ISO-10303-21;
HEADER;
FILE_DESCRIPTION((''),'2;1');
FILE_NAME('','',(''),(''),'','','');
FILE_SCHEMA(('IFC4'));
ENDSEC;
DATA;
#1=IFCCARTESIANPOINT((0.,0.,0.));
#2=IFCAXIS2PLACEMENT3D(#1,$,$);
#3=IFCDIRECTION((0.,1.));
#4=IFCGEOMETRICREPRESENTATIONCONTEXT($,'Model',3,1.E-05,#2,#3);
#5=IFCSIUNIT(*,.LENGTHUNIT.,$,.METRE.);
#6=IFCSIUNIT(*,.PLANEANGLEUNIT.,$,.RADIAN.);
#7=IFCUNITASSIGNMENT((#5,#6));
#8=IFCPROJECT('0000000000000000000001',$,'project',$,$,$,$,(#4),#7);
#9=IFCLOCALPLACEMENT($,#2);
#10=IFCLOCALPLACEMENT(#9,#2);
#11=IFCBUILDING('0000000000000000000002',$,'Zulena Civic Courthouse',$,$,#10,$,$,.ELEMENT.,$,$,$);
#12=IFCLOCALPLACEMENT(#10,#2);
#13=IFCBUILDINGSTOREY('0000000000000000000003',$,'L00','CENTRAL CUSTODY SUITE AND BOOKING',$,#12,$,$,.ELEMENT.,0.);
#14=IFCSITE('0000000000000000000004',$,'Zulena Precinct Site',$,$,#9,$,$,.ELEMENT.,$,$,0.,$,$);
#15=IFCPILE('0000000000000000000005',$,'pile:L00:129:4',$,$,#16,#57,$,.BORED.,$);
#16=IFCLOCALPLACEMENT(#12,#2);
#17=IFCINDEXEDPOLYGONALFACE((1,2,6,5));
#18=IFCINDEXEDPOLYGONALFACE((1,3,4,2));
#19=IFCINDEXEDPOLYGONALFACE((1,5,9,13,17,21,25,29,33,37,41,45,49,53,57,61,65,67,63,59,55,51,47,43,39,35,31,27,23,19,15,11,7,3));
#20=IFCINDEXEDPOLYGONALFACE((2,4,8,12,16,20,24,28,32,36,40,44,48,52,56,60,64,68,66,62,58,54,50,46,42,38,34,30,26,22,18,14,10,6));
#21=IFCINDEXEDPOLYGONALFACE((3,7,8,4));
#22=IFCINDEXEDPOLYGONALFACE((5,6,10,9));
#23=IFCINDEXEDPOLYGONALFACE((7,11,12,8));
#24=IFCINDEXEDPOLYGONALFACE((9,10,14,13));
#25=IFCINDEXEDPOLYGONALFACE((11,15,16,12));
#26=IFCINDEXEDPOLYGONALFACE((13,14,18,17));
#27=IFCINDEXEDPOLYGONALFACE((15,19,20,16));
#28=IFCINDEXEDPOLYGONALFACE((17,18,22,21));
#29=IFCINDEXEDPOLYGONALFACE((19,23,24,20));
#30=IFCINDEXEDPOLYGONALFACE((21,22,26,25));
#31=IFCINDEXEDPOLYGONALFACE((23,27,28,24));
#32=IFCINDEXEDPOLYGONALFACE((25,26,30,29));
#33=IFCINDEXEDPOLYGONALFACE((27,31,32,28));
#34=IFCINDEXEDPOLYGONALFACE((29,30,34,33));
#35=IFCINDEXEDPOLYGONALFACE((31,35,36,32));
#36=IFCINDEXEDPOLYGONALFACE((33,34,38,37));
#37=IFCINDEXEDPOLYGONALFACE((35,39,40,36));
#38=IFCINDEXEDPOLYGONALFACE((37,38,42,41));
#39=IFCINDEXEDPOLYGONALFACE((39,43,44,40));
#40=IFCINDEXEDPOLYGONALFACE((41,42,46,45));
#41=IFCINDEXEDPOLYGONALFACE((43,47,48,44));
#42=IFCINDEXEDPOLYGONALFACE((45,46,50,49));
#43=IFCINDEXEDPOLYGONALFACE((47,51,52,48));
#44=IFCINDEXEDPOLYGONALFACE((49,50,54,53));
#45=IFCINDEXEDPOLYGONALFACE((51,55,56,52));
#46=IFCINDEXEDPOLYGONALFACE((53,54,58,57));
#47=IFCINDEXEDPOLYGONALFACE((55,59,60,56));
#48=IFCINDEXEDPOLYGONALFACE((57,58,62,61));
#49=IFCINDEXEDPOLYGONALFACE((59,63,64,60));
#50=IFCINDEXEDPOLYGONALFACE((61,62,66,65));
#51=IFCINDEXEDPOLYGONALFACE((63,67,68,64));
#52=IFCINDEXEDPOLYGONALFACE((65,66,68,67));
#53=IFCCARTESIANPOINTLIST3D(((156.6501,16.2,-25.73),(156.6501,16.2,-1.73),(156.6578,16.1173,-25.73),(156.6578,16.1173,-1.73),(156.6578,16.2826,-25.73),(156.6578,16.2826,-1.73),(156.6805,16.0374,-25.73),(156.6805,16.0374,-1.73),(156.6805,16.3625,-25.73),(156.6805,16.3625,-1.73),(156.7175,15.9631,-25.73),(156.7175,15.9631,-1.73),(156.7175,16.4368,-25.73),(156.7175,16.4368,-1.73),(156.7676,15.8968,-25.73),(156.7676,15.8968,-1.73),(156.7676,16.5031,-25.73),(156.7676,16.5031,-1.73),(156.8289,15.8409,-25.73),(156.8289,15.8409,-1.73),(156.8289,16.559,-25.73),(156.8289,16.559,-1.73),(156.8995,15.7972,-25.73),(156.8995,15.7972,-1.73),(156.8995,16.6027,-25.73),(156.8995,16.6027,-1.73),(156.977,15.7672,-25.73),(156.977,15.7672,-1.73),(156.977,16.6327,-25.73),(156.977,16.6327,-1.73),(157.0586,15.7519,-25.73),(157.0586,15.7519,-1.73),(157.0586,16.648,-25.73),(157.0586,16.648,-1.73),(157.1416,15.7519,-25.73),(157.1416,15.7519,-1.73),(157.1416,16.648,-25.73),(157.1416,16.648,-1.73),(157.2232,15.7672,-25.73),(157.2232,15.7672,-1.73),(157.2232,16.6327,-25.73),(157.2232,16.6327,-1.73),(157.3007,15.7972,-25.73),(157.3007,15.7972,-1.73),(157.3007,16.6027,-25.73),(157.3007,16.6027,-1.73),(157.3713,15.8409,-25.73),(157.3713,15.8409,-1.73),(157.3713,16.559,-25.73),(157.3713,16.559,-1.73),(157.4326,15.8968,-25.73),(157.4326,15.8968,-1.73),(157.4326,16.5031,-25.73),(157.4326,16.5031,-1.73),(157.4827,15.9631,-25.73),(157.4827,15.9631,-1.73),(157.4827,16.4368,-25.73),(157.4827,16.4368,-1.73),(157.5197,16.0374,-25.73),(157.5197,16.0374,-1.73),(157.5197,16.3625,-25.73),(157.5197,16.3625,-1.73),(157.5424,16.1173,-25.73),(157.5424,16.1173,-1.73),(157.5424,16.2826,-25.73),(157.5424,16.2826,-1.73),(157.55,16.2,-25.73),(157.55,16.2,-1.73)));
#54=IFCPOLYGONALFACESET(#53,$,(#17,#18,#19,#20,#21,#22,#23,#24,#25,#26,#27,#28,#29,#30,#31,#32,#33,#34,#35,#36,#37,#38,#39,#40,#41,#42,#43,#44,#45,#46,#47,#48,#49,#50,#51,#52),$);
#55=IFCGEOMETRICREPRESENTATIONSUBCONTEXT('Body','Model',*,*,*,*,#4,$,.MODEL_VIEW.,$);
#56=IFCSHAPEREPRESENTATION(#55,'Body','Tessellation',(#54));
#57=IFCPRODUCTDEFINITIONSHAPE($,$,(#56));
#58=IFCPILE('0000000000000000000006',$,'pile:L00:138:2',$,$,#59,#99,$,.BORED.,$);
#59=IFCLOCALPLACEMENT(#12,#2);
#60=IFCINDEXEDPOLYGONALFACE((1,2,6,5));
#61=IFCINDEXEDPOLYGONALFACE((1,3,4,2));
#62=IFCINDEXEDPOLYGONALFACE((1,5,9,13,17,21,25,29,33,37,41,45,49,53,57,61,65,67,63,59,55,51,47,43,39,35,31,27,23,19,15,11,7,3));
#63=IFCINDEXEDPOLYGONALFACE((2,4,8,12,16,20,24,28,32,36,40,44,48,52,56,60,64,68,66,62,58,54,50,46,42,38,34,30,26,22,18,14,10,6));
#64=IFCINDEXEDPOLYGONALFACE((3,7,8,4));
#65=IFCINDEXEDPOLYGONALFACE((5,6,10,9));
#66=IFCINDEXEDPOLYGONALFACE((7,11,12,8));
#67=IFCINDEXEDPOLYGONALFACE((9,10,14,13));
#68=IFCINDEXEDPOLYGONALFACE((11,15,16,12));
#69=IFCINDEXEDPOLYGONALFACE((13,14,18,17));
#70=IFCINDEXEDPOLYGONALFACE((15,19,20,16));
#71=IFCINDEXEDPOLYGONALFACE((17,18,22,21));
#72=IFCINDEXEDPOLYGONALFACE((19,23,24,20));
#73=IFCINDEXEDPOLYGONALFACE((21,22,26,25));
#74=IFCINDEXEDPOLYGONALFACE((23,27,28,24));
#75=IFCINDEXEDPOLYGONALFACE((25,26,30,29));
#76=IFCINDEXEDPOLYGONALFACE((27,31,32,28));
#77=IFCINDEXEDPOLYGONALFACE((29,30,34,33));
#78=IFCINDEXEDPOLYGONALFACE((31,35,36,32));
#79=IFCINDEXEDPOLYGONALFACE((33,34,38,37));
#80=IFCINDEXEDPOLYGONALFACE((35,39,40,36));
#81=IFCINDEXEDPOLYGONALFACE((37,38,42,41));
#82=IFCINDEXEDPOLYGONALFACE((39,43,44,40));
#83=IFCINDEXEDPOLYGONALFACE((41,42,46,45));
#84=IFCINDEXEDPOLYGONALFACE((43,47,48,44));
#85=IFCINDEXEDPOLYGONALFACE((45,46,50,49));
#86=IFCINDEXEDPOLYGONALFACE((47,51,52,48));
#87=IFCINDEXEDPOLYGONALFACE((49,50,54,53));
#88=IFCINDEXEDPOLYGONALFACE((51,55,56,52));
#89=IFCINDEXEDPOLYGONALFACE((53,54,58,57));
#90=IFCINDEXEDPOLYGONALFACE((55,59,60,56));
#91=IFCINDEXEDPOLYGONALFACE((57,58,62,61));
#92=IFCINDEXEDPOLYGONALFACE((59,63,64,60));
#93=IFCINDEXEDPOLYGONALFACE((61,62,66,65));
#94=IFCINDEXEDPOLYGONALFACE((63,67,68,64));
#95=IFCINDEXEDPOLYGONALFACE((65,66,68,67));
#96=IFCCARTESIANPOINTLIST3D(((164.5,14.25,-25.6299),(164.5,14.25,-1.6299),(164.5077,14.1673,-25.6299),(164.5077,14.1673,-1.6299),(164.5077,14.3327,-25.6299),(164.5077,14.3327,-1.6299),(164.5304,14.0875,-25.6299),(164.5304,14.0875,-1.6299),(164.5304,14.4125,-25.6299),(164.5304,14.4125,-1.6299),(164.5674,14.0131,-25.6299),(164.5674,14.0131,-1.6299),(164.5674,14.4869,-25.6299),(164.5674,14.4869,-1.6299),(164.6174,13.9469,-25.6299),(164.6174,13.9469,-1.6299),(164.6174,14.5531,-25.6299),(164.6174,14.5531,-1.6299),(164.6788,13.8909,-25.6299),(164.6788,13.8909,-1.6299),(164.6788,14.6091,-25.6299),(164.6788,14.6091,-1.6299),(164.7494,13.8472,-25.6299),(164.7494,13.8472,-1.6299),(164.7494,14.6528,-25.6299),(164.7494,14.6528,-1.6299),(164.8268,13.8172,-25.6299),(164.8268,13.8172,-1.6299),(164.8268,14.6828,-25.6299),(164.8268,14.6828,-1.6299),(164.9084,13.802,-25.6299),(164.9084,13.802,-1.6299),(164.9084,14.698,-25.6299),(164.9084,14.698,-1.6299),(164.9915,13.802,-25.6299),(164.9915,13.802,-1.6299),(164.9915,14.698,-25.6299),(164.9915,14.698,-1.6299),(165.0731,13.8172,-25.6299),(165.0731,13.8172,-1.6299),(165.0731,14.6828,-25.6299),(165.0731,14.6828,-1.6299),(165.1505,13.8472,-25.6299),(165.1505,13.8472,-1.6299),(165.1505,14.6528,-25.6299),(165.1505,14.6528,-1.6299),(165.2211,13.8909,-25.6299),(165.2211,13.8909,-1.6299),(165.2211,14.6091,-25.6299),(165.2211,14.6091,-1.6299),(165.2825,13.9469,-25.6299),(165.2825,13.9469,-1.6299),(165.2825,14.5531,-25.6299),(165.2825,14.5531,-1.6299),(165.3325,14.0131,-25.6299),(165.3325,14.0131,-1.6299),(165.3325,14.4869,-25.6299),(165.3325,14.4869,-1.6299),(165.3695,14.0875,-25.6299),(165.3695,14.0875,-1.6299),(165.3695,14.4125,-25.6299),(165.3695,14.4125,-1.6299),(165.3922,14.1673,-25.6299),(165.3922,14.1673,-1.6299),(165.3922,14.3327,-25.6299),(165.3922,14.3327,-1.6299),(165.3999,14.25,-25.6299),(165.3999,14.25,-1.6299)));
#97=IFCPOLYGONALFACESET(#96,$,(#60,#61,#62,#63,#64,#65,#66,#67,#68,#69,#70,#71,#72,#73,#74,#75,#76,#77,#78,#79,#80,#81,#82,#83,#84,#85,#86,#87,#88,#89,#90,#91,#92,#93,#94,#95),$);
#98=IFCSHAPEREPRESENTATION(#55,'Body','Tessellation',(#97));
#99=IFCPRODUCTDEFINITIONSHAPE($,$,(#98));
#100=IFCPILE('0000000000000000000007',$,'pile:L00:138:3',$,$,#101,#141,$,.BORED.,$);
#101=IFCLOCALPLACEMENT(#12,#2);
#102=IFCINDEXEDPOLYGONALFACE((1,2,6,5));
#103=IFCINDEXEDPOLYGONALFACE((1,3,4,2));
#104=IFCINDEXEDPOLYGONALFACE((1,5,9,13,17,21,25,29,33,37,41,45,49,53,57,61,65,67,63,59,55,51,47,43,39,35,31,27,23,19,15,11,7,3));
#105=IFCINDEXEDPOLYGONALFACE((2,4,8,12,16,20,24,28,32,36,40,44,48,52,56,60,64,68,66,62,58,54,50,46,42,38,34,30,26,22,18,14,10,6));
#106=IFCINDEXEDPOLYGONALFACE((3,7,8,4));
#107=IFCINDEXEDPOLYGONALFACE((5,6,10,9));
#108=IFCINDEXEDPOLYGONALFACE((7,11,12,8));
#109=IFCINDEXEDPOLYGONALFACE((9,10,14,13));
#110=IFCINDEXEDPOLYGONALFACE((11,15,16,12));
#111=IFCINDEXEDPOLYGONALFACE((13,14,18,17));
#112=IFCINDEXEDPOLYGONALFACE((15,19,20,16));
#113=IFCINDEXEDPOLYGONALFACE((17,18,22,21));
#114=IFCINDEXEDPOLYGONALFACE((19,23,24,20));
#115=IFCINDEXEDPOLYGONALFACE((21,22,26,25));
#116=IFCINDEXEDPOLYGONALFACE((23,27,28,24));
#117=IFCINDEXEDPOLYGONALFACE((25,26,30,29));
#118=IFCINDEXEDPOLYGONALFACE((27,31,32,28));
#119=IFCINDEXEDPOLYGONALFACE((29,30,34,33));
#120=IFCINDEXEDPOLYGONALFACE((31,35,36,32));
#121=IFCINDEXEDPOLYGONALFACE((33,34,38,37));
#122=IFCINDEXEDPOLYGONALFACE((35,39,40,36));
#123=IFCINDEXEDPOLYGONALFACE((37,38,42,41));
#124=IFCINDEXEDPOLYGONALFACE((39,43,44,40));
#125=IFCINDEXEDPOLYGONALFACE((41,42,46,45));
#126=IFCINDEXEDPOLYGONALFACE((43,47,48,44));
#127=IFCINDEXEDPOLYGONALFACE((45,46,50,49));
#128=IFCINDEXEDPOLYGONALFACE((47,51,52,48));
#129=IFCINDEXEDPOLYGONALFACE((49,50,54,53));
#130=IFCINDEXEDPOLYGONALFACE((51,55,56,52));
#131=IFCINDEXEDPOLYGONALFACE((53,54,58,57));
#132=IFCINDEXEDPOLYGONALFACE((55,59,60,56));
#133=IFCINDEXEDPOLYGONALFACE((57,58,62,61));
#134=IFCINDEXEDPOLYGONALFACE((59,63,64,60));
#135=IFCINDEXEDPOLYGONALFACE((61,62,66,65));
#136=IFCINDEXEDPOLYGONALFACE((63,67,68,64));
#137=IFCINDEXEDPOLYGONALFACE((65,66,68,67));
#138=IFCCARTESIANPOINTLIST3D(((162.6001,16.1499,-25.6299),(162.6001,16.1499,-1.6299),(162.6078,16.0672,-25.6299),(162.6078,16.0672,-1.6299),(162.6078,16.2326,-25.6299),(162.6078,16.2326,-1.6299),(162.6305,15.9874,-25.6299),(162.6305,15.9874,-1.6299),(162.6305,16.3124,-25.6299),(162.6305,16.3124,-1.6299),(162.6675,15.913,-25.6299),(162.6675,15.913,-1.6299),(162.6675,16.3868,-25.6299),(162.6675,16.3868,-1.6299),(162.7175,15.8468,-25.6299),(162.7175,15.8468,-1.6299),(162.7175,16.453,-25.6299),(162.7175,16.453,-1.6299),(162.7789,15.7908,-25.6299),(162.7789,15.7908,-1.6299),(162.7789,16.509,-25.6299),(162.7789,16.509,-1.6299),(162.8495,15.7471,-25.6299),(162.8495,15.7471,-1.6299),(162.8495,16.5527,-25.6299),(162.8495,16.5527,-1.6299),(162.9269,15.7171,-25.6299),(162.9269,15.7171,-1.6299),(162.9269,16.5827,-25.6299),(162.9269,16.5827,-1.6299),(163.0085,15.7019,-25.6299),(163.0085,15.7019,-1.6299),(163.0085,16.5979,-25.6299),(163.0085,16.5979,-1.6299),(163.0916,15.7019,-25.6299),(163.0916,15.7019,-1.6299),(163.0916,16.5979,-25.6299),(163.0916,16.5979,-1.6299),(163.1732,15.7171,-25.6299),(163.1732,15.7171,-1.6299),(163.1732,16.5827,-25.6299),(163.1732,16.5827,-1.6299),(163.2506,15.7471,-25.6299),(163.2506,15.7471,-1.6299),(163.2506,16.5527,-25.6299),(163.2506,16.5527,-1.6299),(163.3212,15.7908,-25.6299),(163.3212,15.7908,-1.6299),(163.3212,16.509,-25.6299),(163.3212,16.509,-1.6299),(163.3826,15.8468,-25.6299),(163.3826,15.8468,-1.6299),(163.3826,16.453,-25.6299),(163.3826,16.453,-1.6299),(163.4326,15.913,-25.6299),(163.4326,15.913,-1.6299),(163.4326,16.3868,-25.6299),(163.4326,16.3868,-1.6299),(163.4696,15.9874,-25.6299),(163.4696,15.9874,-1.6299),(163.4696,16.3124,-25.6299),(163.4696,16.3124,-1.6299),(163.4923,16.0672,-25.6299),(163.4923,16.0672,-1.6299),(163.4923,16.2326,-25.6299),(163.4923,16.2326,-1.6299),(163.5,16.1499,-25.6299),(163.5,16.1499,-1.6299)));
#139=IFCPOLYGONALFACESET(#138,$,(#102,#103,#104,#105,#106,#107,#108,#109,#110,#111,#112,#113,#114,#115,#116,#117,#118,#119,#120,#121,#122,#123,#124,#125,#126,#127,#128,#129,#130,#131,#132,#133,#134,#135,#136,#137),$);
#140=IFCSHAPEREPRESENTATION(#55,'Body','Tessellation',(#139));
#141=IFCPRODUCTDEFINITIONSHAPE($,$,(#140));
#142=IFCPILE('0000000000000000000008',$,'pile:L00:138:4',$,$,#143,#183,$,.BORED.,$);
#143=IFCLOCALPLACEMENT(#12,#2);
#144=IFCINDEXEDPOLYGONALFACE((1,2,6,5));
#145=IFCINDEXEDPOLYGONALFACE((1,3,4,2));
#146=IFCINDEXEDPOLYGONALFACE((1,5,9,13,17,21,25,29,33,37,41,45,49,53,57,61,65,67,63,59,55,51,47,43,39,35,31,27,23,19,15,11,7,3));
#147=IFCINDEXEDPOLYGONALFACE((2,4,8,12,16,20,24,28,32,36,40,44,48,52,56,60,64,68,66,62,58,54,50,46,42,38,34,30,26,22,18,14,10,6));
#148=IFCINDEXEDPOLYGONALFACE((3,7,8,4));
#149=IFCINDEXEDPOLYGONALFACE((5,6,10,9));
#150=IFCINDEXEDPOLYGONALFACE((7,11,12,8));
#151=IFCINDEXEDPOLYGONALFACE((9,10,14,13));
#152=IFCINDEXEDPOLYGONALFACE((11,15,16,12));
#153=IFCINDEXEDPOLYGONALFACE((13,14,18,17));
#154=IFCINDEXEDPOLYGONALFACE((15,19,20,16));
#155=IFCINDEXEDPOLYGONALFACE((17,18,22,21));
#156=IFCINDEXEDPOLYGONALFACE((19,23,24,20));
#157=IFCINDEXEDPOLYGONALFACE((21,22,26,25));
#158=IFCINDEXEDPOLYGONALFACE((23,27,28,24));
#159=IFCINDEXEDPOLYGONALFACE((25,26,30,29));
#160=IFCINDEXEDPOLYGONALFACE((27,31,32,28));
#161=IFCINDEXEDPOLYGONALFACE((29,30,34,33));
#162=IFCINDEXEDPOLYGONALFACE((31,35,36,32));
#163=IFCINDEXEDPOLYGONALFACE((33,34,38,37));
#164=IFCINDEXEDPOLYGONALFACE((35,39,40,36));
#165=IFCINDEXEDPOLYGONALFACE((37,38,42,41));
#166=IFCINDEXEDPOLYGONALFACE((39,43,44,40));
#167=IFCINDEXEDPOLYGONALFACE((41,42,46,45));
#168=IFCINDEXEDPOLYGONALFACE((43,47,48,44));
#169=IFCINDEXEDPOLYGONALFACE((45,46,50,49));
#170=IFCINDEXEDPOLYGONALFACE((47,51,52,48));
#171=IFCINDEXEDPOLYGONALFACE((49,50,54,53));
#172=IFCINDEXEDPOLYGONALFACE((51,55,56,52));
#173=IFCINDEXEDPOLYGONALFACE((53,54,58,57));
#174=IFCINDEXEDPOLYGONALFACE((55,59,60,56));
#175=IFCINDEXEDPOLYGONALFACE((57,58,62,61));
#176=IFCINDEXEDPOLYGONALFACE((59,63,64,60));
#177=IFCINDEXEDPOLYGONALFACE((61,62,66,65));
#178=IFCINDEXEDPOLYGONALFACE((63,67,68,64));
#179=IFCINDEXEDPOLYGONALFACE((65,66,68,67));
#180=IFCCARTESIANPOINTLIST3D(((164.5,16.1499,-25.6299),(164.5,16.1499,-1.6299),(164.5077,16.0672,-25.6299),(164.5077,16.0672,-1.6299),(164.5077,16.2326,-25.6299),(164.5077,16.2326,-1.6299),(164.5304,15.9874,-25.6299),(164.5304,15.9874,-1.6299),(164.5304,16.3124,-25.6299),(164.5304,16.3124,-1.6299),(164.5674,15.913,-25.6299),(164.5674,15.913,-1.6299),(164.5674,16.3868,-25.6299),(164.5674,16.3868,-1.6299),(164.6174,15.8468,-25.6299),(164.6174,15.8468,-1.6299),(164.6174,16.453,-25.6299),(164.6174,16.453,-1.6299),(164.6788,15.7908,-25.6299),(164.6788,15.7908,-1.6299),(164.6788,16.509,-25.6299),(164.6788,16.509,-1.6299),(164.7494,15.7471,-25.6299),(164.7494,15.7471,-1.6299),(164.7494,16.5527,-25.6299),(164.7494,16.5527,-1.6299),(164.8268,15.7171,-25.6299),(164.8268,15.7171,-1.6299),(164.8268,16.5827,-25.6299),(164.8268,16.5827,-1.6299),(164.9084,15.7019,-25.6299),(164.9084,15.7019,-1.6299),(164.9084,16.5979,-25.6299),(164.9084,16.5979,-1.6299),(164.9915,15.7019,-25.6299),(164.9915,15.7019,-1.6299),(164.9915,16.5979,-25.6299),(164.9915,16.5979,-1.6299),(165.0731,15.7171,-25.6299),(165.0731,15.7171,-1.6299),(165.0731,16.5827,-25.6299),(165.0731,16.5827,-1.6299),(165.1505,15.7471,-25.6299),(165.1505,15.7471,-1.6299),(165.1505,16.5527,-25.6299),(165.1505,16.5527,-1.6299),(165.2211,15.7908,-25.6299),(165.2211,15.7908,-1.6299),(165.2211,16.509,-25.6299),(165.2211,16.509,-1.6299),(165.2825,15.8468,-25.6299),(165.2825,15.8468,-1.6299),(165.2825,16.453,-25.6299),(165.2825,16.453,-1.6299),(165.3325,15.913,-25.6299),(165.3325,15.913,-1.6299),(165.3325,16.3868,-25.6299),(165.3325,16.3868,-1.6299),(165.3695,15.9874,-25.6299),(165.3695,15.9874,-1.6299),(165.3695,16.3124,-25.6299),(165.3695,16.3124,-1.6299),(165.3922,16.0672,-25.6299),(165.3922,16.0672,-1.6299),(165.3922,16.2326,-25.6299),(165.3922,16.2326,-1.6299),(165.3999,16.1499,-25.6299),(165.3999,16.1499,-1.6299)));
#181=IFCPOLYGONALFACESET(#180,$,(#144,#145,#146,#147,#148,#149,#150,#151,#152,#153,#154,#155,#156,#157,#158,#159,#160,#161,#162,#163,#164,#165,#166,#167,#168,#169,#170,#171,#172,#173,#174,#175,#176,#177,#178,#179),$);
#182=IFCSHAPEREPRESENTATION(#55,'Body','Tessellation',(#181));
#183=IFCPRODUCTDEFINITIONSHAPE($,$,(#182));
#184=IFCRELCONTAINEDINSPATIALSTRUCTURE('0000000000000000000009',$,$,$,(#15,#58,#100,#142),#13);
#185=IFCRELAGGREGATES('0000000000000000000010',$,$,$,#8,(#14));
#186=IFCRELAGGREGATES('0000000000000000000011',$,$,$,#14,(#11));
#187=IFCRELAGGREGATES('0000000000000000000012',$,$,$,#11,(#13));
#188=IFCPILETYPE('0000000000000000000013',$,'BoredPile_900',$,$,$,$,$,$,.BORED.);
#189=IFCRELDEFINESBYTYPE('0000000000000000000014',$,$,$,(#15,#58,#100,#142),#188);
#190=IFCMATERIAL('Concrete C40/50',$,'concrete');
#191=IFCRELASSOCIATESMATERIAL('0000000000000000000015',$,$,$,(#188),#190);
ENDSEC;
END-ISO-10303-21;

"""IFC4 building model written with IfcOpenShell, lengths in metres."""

from ifc_helpers import new_model, si_unit, direction, frame, origin, origin_2d, place, context, subcontext, project, spatial, circle, extrude, material, material_profile, profile_set, type_object, element, save


model = new_model("IFC4")

# Units and contexts
model_context = context("Model", 3, precision=1e-05, world=origin(), true_north=direction((0.0, 1.0)))
body_context = subcontext(model_context, "Body", "Model", "MODEL_VIEW")
ifc_project = project(units=[si_unit("LENGTHUNIT", "METRE"), si_unit("PLANEANGLEUNIT", "RADIAN")], contexts=[model_context])

# Site, building, storey
site_placement = place(None, origin())
site = spatial("IfcSite", under=ifc_project, at=site_placement, Name="Zulena Precinct Site", CompositionType="ELEMENT", RefElevation=0.0)
building_placement = place(site_placement, origin())
building = spatial("IfcBuilding", under=site, at=building_placement, Name="Zulena Civic Courthouse", CompositionType="ELEMENT")
storey_placement = place(building_placement, origin())
storey = spatial("IfcBuildingStorey", under=building, at=storey_placement, Name="L00", Description="CENTRAL CUSTODY SUITE AND BOOKING", CompositionType="ELEMENT", Elevation=0.0)

# Piles
ifc_material_1 = material(Name="Concrete C40/50", Category="concrete")
ifc_material_profile_1 = material_profile(ifc_material_1, circle(Radius=0.45, at=origin_2d()), Name="PILE900")
ifc_profile_set_1 = profile_set([ifc_material_profile_1], Name="Concrete C40/50")
pile_type_1 = type_object("IfcPileType", Name="BoredPile_900", PredefinedType="BORED", material=ifc_profile_set_1)
for number, where, z_axis, x_axis, name in (
    (1, (157.1001, 16.2, -1.73), (0.0, 0.0, -1.0), (1.0, 0.0, 0.0), "pile:L00:129:4"),
    (2, (164.95, 14.25, -1.6299), (0.0, 0.0, -1.0), (1.0, 0.0, 0.0), "pile:L00:138:2"),
    (3, (163.05, 16.1499, -1.6299), (0.0, 0.0, -1.0), (1.0, 0.0, 0.0), "pile:L00:138:3"),
    (4, (164.95, 16.1499, -1.6299), (0.0, 0.0, -1.0), (1.0, 0.0, 0.0), "pile:L00:138:4"),
):
    element("IfcPile", number, at=place(storey_placement, frame(where, z_axis=z_axis, x_axis=x_axis)), inside=storey, type_object=pile_type_1, Name=name, PredefinedType="BORED", context=body_context, shape_type="SweptSolid", body=[
        extrude(circle(Radius=0.45, at=origin_2d()), origin(), (0.0, 0.0, 1.0), 24.0),
    ])

save(model, "model.ifc")
